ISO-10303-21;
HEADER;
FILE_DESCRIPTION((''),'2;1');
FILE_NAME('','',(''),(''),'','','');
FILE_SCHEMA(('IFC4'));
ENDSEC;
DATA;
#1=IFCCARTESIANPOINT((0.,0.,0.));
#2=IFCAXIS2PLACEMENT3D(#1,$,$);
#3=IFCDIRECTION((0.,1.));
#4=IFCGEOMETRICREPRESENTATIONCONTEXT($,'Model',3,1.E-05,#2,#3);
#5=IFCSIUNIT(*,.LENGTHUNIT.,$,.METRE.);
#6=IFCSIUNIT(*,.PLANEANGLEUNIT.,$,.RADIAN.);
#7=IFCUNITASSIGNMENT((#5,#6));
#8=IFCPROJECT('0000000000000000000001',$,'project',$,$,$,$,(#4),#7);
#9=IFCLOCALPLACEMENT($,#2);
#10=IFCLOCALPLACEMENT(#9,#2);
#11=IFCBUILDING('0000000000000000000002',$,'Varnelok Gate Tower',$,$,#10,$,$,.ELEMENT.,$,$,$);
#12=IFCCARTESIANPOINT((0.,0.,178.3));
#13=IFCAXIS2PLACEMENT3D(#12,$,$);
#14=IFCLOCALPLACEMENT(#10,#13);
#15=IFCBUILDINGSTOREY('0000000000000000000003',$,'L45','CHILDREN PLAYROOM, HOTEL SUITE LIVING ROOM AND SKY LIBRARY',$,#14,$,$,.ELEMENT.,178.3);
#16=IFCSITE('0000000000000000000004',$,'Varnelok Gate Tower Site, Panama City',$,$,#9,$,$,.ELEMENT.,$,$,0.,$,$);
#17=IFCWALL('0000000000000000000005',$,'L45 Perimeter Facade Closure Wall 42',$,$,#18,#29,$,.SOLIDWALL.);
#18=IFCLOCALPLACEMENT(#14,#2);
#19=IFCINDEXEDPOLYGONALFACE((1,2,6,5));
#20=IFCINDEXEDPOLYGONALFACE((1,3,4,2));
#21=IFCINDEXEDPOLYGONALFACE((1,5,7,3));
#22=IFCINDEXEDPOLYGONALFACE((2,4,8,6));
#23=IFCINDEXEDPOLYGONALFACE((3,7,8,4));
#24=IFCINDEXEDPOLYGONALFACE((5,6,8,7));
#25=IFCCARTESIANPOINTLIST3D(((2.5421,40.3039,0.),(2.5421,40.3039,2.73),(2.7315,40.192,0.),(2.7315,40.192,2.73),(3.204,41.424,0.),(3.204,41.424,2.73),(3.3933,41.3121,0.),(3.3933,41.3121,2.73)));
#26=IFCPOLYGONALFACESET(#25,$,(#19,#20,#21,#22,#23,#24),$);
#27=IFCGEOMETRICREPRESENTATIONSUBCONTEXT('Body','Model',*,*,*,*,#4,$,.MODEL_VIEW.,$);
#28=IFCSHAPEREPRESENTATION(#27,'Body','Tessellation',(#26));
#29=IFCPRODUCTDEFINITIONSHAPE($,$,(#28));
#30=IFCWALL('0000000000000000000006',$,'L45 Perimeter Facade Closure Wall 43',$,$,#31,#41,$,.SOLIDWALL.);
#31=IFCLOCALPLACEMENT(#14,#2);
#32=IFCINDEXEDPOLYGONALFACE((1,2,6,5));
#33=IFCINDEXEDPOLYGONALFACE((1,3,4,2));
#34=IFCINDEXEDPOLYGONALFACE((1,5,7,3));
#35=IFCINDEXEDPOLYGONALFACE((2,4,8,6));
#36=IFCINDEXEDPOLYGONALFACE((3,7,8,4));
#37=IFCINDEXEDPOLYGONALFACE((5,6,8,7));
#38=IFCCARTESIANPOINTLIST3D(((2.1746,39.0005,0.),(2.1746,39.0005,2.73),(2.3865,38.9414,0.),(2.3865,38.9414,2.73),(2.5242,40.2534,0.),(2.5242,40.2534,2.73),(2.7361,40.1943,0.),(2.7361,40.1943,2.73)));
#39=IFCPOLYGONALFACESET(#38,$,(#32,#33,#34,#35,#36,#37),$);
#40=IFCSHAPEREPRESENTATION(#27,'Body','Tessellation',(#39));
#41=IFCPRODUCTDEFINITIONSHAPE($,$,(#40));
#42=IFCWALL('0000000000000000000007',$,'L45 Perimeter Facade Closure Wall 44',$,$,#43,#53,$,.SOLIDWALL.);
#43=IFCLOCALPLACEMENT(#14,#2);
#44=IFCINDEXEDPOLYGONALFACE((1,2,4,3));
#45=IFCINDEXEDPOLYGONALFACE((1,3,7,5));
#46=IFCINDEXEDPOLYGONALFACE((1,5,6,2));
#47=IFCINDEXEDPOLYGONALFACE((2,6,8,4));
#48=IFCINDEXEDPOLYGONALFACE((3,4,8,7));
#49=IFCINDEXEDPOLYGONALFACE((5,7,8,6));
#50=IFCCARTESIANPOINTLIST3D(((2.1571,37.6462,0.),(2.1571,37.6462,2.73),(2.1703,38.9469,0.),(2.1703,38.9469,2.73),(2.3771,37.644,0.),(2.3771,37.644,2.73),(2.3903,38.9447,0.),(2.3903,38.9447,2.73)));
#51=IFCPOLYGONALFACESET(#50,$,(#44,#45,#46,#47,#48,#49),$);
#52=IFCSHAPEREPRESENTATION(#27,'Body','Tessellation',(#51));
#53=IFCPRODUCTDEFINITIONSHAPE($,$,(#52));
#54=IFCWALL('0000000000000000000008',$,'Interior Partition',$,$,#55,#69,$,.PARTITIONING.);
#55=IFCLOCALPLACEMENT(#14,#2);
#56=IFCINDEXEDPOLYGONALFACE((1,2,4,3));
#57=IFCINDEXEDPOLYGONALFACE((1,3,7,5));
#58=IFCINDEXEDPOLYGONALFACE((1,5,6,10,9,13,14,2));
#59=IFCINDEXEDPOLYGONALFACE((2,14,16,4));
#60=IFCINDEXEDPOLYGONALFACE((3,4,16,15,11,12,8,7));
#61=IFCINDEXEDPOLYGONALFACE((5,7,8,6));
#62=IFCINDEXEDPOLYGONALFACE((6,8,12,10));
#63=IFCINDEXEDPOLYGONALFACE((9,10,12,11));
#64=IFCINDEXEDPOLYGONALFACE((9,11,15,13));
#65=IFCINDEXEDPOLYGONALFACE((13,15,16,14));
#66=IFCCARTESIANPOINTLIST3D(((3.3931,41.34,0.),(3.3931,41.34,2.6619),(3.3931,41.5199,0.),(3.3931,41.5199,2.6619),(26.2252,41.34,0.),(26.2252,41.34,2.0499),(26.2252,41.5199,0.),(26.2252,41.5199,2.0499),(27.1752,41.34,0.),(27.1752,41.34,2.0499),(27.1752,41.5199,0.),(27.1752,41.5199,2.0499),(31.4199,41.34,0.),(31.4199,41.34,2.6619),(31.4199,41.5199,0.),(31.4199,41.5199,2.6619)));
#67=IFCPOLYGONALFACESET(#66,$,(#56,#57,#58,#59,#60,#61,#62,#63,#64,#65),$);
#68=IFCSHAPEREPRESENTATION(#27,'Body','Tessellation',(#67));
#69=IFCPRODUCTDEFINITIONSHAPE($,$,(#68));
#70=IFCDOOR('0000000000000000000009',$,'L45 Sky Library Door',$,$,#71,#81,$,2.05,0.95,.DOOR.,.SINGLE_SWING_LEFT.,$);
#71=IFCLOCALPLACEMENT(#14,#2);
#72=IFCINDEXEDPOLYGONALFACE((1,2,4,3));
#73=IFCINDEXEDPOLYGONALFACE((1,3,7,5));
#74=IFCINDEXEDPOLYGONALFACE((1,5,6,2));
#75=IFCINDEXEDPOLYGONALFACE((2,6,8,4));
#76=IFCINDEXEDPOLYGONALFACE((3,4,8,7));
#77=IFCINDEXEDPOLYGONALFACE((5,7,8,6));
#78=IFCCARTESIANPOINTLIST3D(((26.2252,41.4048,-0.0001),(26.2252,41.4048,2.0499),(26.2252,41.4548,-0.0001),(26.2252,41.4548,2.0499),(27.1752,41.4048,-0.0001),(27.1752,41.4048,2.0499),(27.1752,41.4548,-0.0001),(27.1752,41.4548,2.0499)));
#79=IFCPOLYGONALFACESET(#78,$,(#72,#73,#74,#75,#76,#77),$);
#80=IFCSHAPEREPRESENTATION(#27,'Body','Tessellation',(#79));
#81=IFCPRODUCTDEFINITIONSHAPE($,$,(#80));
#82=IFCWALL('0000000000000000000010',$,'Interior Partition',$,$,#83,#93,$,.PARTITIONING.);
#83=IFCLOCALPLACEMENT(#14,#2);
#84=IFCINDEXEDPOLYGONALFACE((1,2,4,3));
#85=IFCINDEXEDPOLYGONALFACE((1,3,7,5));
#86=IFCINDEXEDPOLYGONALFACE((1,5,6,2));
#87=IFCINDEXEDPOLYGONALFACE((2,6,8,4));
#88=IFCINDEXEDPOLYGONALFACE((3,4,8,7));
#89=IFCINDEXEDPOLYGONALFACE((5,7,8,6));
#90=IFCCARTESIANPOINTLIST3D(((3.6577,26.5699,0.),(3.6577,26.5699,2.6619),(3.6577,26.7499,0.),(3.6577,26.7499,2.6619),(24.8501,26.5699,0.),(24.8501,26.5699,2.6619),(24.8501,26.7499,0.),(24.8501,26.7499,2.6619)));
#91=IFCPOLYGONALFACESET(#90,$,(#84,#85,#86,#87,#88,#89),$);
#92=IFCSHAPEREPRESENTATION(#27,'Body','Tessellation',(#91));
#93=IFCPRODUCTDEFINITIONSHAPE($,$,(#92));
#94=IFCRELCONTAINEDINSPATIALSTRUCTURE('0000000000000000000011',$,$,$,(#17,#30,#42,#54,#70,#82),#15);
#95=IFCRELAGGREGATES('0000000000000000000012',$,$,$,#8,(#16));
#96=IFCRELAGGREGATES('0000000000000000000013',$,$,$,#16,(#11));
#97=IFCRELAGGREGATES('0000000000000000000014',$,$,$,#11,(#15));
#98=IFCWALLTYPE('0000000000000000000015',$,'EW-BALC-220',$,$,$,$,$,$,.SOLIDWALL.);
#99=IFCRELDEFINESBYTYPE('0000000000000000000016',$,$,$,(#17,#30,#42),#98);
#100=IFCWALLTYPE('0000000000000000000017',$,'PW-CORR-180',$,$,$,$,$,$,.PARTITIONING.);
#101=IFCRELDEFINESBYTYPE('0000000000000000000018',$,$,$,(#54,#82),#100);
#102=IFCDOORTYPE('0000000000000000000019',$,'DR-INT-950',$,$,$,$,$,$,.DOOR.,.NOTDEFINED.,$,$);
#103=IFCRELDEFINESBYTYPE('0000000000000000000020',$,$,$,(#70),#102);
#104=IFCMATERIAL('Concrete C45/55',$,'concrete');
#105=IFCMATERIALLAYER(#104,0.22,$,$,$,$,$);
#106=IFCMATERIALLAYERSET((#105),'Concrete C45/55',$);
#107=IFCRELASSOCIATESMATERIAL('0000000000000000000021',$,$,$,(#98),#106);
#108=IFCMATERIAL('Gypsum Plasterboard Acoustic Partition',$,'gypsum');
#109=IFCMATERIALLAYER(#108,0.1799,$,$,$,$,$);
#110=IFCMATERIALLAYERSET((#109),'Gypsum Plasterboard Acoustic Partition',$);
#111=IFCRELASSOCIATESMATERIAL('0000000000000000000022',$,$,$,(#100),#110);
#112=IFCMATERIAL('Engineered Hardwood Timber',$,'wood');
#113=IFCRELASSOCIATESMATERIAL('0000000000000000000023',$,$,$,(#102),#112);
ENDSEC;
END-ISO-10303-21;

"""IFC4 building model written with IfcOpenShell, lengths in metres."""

from ifc_helpers import new_model, si_unit, direction, frame, frame_2d, origin, place, context, subcontext, project, spatial, rectangle, extrude, material, layer, layer_set, type_object, element, fill, save


model = new_model("IFC4")

# Units and contexts
model_context = context("Model", 3, precision=1e-05, world=origin(), true_north=direction((0.0, 1.0)))
body_context = subcontext(model_context, "Body", "Model", "MODEL_VIEW")
ifc_project = project(units=[si_unit("LENGTHUNIT", "METRE"), si_unit("PLANEANGLEUNIT", "RADIAN")], contexts=[model_context])

# Site, building, storey
site_placement = place(None, origin())
site = spatial("IfcSite", under=ifc_project, at=site_placement, Name="Varnelok Gate Tower Site, Panama City", CompositionType="ELEMENT", RefElevation=0.0)
building_placement = place(site_placement, origin())
building = spatial("IfcBuilding", under=site, at=building_placement, Name="Varnelok Gate Tower", CompositionType="ELEMENT")
storey_placement = place(building_placement, frame((0.0, 0.0, 178.3)))
storey = spatial("IfcBuildingStorey", under=building, at=storey_placement, Name="L45", Description="CHILDREN PLAYROOM, HOTEL SUITE LIVING ROOM AND SKY LIBRARY", CompositionType="ELEMENT", Elevation=178.3)

# Walls
ifc_material_1 = material(Name="Concrete C45/55", Category="concrete")
ifc_layer_1 = layer(ifc_material_1, 0.22)
ifc_layer_set_1 = layer_set([ifc_layer_1], Name="Concrete C45/55")
wall_type_1 = type_object("IfcWallType", Name="EW-BALC-220", PredefinedType="SOLIDWALL", material=ifc_layer_set_1)
wall_1_placement = place(storey_placement, frame((3.2986, 41.3679, 0.0), z_axis=(0.0, 0.0, 1.0), x_axis=(-0.508717, -0.860934, 0.0)))
element("IfcWall", 1, at=wall_1_placement, inside=storey, type_object=wall_type_1, Name="L45 Perimeter Facade Closure Wall 42", PredefinedType="SOLIDWALL", context=body_context, shape_type="SweptSolid", body=[
    extrude(rectangle(XDim=1.301, YDim=0.22, at=frame_2d((0.6504, 0.0))), origin(), (0.0, 0.0, 1.0), 2.73),
])
for number, where, z_axis, x_axis, name in (
    (2, (2.6301, 40.2239, 0.0), (0.0, 0.0, 1.0), (-0.268767, -0.963205, 0.0), "L45 Perimeter Facade Closure Wall 43"),
    (3, (2.2803, 38.9458, 0.0), (0.0, 0.0, 1.0), (-0.010135, -0.999949, 0.0), "L45 Perimeter Facade Closure Wall 44"),
):
    element("IfcWall", number, at=place(storey_placement, frame(where, z_axis=z_axis, x_axis=x_axis)), inside=storey, type_object=wall_type_1, Name=name, PredefinedType="SOLIDWALL", context=body_context, shape_type="SweptSolid", body=[
        extrude(rectangle(XDim=1.3008, YDim=0.22, at=frame_2d((0.6504, 0.0))), origin(), (0.0, 0.0, 1.0), 2.73),
    ])

# Wall, opening, door
ifc_material_2 = material(Name="Gypsum Plasterboard Acoustic Partition", Category="gypsum")
ifc_layer_2 = layer(ifc_material_2, 0.1799)
ifc_layer_set_2 = layer_set([ifc_layer_2], Name="Gypsum Plasterboard Acoustic Partition")
wall_type_2 = type_object("IfcWallType", Name="PW-CORR-180", PredefinedType="PARTITIONING", material=ifc_layer_set_2)
wall_2_placement = place(storey_placement, frame((3.3931, 41.4299, 0.0), z_axis=(0.0, 0.0, 1.0), x_axis=(1.0, 0.0, 0.0)))
wall_2 = element("IfcWall", 4, at=wall_2_placement, inside=storey, type_object=wall_type_2, Name="Interior Partition", PredefinedType="PARTITIONING", context=body_context, shape_type="SweptSolid", body=[
    extrude(rectangle(XDim=28.0269, YDim=0.1799, at=frame_2d((14.0134, 0.0))), origin(), (0.0, 0.0, 1.0), 2.6619),
])
opening_placement = place(wall_2_placement, frame((22.832, 0.0, 0.0)))
opening = element("IfcOpeningElement", 5, at=opening_placement, cuts=wall_2, PredefinedType="OPENING", context=body_context, shape_type="SweptSolid", body=[
    extrude(rectangle(XDim=0.95, YDim=2.05, at=frame_2d((0.4751, 1.0249))), frame((0.0, 0.0999, 0.0), z_axis=(0.0, -1.0, 0.0), x_axis=(1.0, 0.0, 0.0)), (0.0, 0.0, 1.0), 0.2),
])
ifc_material_3 = material(Name="Engineered Hardwood Timber", Category="wood")
door_type = type_object("IfcDoorType", Name="DR-INT-950", OperationType="NOTDEFINED", PredefinedType="DOOR", material=ifc_material_3)
door_placement = place(opening_placement, origin())
door = element("IfcDoor", 6, at=door_placement, inside=storey, type_object=door_type, Name="L45 Sky Library Door", OperationType="SINGLE_SWING_LEFT", OverallHeight=2.05, OverallWidth=0.95, PredefinedType="DOOR", context=body_context, shape_type="SweptSolid", body=[
    extrude(rectangle(XDim=0.95, YDim=2.05, at=frame_2d((0.4751, 1.0249))), frame((0.0, 0.0249, 0.0), z_axis=(0.0, -1.0, 0.0), x_axis=(1.0, 0.0, 0.0)), (0.0, 0.0, 1.0), 0.05),
])
fill(opening, door)

# Wall
wall_3_placement = place(storey_placement, frame((3.6577, 26.6599, 0.0), z_axis=(0.0, 0.0, 1.0), x_axis=(1.0, 0.0, 0.0)))
element("IfcWall", 7, at=wall_3_placement, inside=storey, type_object=wall_type_2, Name="Interior Partition", PredefinedType="PARTITIONING", context=body_context, shape_type="SweptSolid", body=[
    extrude(rectangle(XDim=21.1924, YDim=0.1799, at=frame_2d((10.5962, 0.0))), origin(), (0.0, 0.0, 1.0), 2.6619),
])

save(model, "model.ifc")
